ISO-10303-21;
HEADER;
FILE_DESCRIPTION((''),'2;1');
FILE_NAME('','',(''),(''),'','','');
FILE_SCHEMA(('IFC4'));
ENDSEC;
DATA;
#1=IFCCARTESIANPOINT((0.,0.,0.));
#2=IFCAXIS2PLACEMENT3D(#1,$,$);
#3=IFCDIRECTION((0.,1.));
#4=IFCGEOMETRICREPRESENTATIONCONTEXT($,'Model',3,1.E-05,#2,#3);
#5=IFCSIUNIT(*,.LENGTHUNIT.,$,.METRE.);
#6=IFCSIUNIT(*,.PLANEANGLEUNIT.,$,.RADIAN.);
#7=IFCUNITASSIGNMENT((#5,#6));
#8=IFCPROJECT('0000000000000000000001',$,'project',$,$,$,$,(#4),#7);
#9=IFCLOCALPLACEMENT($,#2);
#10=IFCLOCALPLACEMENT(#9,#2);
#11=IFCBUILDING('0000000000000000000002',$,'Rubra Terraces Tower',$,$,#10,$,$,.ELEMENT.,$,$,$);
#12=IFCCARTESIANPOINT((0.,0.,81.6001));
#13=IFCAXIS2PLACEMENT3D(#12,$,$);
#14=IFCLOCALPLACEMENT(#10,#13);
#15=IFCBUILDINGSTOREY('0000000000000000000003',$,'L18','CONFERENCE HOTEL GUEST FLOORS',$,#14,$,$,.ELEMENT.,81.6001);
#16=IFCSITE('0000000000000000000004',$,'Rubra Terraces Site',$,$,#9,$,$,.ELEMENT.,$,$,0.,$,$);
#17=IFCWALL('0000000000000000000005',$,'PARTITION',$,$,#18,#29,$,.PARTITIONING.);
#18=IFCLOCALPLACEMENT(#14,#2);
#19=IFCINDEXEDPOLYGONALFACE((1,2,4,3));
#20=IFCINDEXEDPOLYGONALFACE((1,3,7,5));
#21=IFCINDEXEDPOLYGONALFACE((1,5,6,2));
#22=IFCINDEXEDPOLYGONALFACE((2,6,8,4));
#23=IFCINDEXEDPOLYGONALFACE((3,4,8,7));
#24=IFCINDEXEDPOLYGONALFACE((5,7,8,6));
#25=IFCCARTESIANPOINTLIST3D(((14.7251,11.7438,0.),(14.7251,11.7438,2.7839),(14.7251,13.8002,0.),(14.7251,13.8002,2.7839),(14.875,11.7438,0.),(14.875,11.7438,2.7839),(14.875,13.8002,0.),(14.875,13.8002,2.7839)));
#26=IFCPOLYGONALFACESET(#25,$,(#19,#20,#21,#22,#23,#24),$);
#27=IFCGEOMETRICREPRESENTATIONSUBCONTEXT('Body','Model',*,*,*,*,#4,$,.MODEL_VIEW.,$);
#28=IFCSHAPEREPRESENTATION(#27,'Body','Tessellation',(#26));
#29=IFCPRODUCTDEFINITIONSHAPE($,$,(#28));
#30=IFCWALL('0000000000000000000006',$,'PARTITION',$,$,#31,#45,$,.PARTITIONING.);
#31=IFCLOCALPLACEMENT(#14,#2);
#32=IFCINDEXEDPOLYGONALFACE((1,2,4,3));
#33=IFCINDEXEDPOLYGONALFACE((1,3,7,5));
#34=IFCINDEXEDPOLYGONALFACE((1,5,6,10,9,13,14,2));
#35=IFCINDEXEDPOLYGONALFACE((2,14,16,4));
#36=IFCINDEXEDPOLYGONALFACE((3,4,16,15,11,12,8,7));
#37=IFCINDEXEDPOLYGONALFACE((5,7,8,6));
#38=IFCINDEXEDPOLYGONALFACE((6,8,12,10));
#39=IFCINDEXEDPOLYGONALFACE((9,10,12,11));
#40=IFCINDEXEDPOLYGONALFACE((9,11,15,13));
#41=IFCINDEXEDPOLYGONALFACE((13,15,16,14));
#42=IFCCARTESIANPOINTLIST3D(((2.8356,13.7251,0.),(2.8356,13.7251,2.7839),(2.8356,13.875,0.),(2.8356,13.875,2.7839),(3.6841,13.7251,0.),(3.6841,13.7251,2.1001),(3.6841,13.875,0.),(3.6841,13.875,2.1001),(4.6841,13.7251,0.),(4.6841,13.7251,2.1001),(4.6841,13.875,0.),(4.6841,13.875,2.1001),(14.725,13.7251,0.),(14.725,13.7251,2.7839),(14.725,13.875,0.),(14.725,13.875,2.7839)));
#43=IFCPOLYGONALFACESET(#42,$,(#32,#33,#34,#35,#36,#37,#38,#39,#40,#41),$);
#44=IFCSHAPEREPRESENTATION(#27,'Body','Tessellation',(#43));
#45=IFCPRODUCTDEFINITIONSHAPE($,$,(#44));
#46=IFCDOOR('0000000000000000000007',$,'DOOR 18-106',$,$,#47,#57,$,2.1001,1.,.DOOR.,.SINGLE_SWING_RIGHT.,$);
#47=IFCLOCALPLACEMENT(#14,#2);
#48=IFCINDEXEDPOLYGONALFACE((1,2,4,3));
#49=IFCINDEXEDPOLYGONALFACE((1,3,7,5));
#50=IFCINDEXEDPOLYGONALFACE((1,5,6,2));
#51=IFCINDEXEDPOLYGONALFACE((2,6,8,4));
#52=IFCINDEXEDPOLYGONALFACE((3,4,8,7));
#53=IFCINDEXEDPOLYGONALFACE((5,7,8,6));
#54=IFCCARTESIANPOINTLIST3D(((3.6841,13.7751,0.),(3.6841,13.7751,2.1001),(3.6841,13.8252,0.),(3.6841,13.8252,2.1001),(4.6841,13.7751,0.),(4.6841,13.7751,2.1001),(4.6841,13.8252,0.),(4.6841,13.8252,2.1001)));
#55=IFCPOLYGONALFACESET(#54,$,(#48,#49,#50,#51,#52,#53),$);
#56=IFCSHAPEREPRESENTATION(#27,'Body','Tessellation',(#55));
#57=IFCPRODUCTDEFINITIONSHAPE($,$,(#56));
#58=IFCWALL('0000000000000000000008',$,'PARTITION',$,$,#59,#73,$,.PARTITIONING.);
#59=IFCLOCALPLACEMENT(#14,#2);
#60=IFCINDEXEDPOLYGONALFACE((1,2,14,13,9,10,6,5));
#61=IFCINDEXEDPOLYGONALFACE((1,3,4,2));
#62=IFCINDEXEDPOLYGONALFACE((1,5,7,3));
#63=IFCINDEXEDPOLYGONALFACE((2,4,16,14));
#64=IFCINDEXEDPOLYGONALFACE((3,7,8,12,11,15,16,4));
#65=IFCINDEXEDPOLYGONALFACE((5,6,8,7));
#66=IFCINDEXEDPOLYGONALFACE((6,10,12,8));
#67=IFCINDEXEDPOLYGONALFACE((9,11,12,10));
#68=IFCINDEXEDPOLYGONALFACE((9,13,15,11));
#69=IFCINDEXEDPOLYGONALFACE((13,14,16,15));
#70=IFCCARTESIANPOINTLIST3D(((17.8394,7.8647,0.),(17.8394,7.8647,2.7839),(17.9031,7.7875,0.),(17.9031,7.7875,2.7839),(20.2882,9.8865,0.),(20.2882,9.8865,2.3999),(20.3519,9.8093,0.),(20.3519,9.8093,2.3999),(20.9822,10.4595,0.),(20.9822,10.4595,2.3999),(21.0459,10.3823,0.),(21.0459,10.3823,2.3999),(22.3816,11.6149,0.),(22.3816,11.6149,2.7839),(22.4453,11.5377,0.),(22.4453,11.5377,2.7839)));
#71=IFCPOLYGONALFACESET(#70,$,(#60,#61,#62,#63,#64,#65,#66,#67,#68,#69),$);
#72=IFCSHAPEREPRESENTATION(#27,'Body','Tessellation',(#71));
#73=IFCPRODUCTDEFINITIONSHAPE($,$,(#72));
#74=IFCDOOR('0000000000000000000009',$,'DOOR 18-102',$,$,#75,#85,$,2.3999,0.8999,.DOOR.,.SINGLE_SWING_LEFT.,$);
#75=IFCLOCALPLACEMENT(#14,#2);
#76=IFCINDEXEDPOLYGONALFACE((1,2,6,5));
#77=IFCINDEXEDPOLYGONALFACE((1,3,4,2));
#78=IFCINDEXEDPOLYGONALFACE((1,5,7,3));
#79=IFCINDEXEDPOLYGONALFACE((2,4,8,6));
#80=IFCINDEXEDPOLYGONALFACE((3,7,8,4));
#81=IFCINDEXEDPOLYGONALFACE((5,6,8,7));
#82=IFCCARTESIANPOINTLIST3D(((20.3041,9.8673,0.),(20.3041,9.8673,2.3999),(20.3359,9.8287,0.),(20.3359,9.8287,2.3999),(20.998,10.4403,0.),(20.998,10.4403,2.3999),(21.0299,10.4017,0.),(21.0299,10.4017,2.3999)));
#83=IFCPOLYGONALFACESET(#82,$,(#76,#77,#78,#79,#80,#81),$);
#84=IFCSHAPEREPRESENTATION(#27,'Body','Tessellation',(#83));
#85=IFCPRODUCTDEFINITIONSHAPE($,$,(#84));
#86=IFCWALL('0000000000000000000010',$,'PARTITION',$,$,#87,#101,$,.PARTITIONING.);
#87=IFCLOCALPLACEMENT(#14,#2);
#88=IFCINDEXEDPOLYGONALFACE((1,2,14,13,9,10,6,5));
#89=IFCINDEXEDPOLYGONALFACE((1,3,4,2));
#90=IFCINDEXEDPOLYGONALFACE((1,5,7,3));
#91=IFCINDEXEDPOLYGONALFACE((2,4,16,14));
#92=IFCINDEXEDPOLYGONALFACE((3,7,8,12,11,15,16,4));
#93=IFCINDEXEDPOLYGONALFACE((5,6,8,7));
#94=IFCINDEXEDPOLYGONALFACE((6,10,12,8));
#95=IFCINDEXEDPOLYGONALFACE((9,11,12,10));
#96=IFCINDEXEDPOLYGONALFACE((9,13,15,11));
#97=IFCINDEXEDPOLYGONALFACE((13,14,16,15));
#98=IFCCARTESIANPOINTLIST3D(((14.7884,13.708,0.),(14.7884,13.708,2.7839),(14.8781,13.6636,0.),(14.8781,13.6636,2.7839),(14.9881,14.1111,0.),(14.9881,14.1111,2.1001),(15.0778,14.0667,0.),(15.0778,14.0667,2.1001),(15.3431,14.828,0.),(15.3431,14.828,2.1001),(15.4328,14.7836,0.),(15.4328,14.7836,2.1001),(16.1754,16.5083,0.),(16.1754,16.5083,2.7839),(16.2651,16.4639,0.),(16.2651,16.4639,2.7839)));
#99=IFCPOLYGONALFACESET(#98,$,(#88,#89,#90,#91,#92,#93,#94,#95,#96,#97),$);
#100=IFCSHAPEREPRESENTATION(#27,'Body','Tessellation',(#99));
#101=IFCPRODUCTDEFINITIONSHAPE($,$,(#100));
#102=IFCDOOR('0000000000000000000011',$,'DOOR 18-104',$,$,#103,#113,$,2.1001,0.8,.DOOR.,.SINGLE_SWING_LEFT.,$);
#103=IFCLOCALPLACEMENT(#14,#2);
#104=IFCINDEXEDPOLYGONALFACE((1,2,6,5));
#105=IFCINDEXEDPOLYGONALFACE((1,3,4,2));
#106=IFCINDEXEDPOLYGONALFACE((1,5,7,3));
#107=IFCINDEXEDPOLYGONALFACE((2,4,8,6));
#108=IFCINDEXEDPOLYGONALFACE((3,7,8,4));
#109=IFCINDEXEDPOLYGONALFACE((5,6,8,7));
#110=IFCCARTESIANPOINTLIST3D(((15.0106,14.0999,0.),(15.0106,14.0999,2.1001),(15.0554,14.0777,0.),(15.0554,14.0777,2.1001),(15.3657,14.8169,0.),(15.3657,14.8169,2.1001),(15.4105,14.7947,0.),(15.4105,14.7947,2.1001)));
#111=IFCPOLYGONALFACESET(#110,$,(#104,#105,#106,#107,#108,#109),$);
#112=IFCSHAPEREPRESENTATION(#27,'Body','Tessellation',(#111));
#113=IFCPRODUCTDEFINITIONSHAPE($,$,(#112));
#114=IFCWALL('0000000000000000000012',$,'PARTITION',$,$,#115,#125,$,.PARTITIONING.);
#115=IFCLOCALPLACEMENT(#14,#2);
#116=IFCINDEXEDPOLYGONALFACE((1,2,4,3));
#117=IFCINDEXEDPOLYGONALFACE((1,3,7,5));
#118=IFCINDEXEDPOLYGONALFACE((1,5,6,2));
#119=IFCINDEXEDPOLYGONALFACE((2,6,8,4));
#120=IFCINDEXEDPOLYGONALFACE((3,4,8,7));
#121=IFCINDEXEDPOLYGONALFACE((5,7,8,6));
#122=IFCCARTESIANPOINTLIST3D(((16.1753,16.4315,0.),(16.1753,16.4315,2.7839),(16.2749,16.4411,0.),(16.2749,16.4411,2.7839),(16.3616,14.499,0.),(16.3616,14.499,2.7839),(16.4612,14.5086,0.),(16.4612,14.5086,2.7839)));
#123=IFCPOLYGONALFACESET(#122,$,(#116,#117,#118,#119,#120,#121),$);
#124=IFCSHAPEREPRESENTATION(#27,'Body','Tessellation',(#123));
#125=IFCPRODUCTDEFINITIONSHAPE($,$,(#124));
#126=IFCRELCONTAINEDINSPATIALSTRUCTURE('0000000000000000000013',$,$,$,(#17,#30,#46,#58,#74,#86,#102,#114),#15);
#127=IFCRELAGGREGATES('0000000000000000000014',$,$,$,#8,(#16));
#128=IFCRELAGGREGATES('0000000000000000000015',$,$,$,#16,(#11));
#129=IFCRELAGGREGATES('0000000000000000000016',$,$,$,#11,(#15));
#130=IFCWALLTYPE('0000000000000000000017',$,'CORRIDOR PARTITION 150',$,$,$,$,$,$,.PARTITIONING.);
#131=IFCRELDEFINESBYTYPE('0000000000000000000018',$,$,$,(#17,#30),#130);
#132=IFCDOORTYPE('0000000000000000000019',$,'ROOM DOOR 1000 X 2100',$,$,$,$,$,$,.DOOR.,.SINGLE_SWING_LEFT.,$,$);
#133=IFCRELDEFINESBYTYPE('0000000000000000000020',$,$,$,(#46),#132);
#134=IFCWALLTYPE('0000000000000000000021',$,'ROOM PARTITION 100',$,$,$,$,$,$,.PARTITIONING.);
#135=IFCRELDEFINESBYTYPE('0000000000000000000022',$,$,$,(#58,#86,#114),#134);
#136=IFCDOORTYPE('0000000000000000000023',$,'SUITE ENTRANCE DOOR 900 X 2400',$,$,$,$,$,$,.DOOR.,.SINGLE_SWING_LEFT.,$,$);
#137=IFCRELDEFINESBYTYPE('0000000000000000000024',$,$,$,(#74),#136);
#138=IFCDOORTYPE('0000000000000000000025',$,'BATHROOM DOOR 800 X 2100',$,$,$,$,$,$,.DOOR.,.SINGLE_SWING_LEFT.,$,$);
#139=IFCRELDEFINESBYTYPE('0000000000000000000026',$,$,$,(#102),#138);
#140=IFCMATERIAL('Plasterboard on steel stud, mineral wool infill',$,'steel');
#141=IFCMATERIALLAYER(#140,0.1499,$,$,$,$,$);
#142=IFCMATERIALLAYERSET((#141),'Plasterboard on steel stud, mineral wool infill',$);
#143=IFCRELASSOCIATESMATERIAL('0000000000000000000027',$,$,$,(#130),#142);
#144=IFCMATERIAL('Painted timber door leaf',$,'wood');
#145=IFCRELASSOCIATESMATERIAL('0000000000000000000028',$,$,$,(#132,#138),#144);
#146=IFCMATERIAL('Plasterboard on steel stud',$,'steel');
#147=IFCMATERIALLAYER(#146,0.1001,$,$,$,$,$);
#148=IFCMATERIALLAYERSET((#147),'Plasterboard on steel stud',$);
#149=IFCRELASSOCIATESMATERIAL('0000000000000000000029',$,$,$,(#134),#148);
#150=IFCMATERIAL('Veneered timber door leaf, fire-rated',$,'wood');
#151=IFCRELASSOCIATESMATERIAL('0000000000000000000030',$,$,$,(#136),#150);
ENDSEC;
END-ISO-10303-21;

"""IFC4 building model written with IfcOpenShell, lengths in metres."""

from ifc_helpers import new_model, si_unit, direction, frame, frame_2d, origin, place, context, subcontext, project, spatial, rectangle, extrude, material, layer, layer_set, type_object, element, fill, save


model = new_model("IFC4")

# Units and contexts
model_context = context("Model", 3, precision=1e-05, world=origin(), true_north=direction((0.0, 1.0)))
body_context = subcontext(model_context, "Body", "Model", "MODEL_VIEW")
ifc_project = project(units=[si_unit("LENGTHUNIT", "METRE"), si_unit("PLANEANGLEUNIT", "RADIAN")], contexts=[model_context])

# Site, building, storey
site_placement = place(None, origin())
site = spatial("IfcSite", under=ifc_project, at=site_placement, Name="Rubra Terraces Site", CompositionType="ELEMENT", RefElevation=0.0)
building_placement = place(site_placement, origin())
building = spatial("IfcBuilding", under=site, at=building_placement, Name="Rubra Terraces Tower", CompositionType="ELEMENT")
storey_placement = place(building_placement, frame((0.0, 0.0, 81.6001)))
storey = spatial("IfcBuildingStorey", under=building, at=storey_placement, Name="L18", Description="CONFERENCE HOTEL GUEST FLOORS", CompositionType="ELEMENT", Elevation=81.6001)

# Wall
ifc_material_1 = material(Name="Plasterboard on steel stud, mineral wool infill", Category="steel")
ifc_layer_1 = layer(ifc_material_1, 0.1499)
ifc_layer_set_1 = layer_set([ifc_layer_1], Name="Plasterboard on steel stud, mineral wool infill")
wall_type_1 = type_object("IfcWallType", Name="CORRIDOR PARTITION 150", PredefinedType="PARTITIONING", material=ifc_layer_set_1)
wall_1_placement = place(storey_placement, frame((14.8, 11.7437, 0.0), z_axis=(0.0, 0.0, 1.0), x_axis=(0.0, 1.0, 0.0)))
element("IfcWall", 1, at=wall_1_placement, inside=storey, type_object=wall_type_1, Name="PARTITION", PredefinedType="PARTITIONING", context=body_context, shape_type="SweptSolid", body=[
    extrude(rectangle(XDim=2.0564, YDim=0.1499, at=frame_2d((1.0283, 0.0))), origin(), (0.0, 0.0, 1.0), 2.7839),
])

# Walls, openings, doors
wall_2_placement = place(storey_placement, frame((14.7251, 13.8, 0.0), z_axis=(0.0, 0.0, 1.0), x_axis=(-1.0, 0.0, 0.0)))
wall_2 = element("IfcWall", 2, at=wall_2_placement, inside=storey, type_object=wall_type_1, Name="PARTITION", PredefinedType="PARTITIONING", context=body_context, shape_type="SweptSolid", body=[
    extrude(rectangle(XDim=11.8894, YDim=0.1499, at=frame_2d((5.9448, 0.0))), origin(), (0.0, 0.0, 1.0), 2.7839),
])
opening_1_placement = place(wall_2_placement, frame((10.041, 0.0, 0.0)))
opening_1 = element("IfcOpeningElement", 3, at=opening_1_placement, cuts=wall_2, PredefinedType="OPENING", context=body_context, shape_type="SweptSolid", body=[
    extrude(rectangle(XDim=1.0, YDim=2.1001, at=frame_2d((0.5, 1.05))), frame((0.0, 0.085, 0.0), z_axis=(0.0, -1.0, 0.0), x_axis=(1.0, 0.0, 0.0)), (0.0, 0.0, 1.0), 0.1699),
])
ifc_material_2 = material(Name="Painted timber door leaf", Category="wood")
door_type_1 = type_object("IfcDoorType", Name="ROOM DOOR 1000 X 2100", OperationType="SINGLE_SWING_LEFT", PredefinedType="DOOR", material=ifc_material_2)
door_1_placement = place(opening_1_placement, origin())
door_1 = element("IfcDoor", 4, at=door_1_placement, inside=storey, type_object=door_type_1, Name="DOOR 18-106", OperationType="SINGLE_SWING_RIGHT", OverallHeight=2.1001, OverallWidth=1.0, PredefinedType="DOOR", context=body_context, shape_type="SweptSolid", body=[
    extrude(rectangle(XDim=1.0, YDim=2.1001, at=frame_2d((0.5, 1.05))), frame((0.0, 0.0249, 0.0), z_axis=(0.0, -1.0, 0.0), x_axis=(1.0, 0.0, 0.0)), (0.0, 0.0, 1.0), 0.05),
])
fill(opening_1, door_1)
ifc_material_3 = material(Name="Plasterboard on steel stud", Category="steel")
ifc_layer_2 = layer(ifc_material_3, 0.1001)
ifc_layer_set_2 = layer_set([ifc_layer_2], Name="Plasterboard on steel stud")
wall_type_2 = type_object("IfcWallType", Name="ROOM PARTITION 100", PredefinedType="PARTITIONING", material=ifc_layer_set_2)
wall_3_placement = place(storey_placement, frame((22.4136, 11.5764, 0.0), z_axis=(0.0, 0.0, 1.0), x_axis=(-0.771132, -0.636676, 0.0)))
wall_3 = element("IfcWall", 5, at=wall_3_placement, inside=storey, type_object=wall_type_2, Name="PARTITION", PredefinedType="PARTITIONING", context=body_context, shape_type="SweptSolid", body=[
    extrude(rectangle(XDim=5.8904, YDim=0.1001, at=frame_2d((2.9453, 0.0))), origin(), (0.0, 0.0, 1.0), 2.7839),
])
opening_2_placement = place(wall_3_placement, frame((1.8149, 0.0, 0.0)))
opening_2 = element("IfcOpeningElement", 6, at=opening_2_placement, cuts=wall_3, PredefinedType="OPENING", context=body_context, shape_type="SweptSolid", body=[
    extrude(rectangle(XDim=0.8999, YDim=2.3999, at=frame_2d((0.45, 1.2))), frame((0.0, 0.0601, 0.0), z_axis=(0.0, -1.0, 0.0), x_axis=(1.0, 0.0, 0.0)), (0.0, 0.0, 1.0), 0.1201),
])
ifc_material_4 = material(Name="Veneered timber door leaf, fire-rated", Category="wood")
door_type_2 = type_object("IfcDoorType", Name="SUITE ENTRANCE DOOR 900 X 2400", OperationType="SINGLE_SWING_LEFT", PredefinedType="DOOR", material=ifc_material_4)
door_2_placement = place(opening_2_placement, origin())
door_2 = element("IfcDoor", 7, at=door_2_placement, inside=storey, type_object=door_type_2, Name="DOOR 18-102", OperationType="SINGLE_SWING_LEFT", OverallHeight=2.3999, OverallWidth=0.8999, PredefinedType="DOOR", context=body_context, shape_type="SweptSolid", body=[
    extrude(rectangle(XDim=0.8999, YDim=2.3999, at=frame_2d((0.45, 1.2))), frame((0.0, 0.0249, 0.0), z_axis=(0.0, -1.0, 0.0), x_axis=(1.0, 0.0, 0.0)), (0.0, 0.0, 1.0), 0.05),
])
fill(opening_2, door_2)
wall_4_placement = place(storey_placement, frame((14.8333, 13.6858, 0.0), z_axis=(0.0, 0.0, 1.0), x_axis=(0.443835, 0.896108, 0.0)))
wall_4 = element("IfcWall", 8, at=wall_4_placement, inside=storey, type_object=wall_type_2, Name="PARTITION", PredefinedType="PARTITIONING", context=body_context, shape_type="SweptSolid", body=[
    extrude(rectangle(XDim=3.125, YDim=0.1001, at=frame_2d((1.5625, 0.0))), origin(), (0.0, 0.0, 1.0), 2.7839),
])
opening_3_placement = place(wall_4_placement, frame((0.45, 0.0, 0.0)))
opening_3 = element("IfcOpeningElement", 9, at=opening_3_placement, cuts=wall_4, PredefinedType="OPENING", context=body_context, shape_type="SweptSolid", body=[
    extrude(rectangle(XDim=0.8, YDim=2.1001, at=frame_2d((0.3999, 1.05))), frame((0.0, 0.0601, 0.0), z_axis=(0.0, -1.0, 0.0), x_axis=(1.0, 0.0, 0.0)), (0.0, 0.0, 1.0), 0.1201),
])
door_type_3 = type_object("IfcDoorType", Name="BATHROOM DOOR 800 X 2100", OperationType="SINGLE_SWING_LEFT", PredefinedType="DOOR", material=ifc_material_2)
door_3_placement = place(opening_3_placement, origin())
door_3 = element("IfcDoor", 10, at=door_3_placement, inside=storey, type_object=door_type_3, Name="DOOR 18-104", OperationType="SINGLE_SWING_LEFT", OverallHeight=2.1001, OverallWidth=0.8, PredefinedType="DOOR", context=body_context, shape_type="SweptSolid", body=[
    extrude(rectangle(XDim=0.8, YDim=2.1001, at=frame_2d((0.3999, 1.05))), frame((0.0, 0.0249, 0.0), z_axis=(0.0, -1.0, 0.0), x_axis=(1.0, 0.0, 0.0)), (0.0, 0.0, 1.0), 0.05),
])
fill(opening_3, door_3)

# Wall
wall_5_placement = place(storey_placement, frame((16.2251, 16.4363, 0.0), z_axis=(0.0, 0.0, 1.0), x_axis=(0.095954, -0.995386, 0.0)))
element("IfcWall", 11, at=wall_5_placement, inside=storey, type_object=wall_type_2, Name="PARTITION", PredefinedType="PARTITIONING", context=body_context, shape_type="SweptSolid", body=[
    extrude(rectangle(XDim=1.9414, YDim=0.1001, at=frame_2d((0.9707, 0.0))), origin(), (0.0, 0.0, 1.0), 2.7839),
])

save(model, "model.ifc")
